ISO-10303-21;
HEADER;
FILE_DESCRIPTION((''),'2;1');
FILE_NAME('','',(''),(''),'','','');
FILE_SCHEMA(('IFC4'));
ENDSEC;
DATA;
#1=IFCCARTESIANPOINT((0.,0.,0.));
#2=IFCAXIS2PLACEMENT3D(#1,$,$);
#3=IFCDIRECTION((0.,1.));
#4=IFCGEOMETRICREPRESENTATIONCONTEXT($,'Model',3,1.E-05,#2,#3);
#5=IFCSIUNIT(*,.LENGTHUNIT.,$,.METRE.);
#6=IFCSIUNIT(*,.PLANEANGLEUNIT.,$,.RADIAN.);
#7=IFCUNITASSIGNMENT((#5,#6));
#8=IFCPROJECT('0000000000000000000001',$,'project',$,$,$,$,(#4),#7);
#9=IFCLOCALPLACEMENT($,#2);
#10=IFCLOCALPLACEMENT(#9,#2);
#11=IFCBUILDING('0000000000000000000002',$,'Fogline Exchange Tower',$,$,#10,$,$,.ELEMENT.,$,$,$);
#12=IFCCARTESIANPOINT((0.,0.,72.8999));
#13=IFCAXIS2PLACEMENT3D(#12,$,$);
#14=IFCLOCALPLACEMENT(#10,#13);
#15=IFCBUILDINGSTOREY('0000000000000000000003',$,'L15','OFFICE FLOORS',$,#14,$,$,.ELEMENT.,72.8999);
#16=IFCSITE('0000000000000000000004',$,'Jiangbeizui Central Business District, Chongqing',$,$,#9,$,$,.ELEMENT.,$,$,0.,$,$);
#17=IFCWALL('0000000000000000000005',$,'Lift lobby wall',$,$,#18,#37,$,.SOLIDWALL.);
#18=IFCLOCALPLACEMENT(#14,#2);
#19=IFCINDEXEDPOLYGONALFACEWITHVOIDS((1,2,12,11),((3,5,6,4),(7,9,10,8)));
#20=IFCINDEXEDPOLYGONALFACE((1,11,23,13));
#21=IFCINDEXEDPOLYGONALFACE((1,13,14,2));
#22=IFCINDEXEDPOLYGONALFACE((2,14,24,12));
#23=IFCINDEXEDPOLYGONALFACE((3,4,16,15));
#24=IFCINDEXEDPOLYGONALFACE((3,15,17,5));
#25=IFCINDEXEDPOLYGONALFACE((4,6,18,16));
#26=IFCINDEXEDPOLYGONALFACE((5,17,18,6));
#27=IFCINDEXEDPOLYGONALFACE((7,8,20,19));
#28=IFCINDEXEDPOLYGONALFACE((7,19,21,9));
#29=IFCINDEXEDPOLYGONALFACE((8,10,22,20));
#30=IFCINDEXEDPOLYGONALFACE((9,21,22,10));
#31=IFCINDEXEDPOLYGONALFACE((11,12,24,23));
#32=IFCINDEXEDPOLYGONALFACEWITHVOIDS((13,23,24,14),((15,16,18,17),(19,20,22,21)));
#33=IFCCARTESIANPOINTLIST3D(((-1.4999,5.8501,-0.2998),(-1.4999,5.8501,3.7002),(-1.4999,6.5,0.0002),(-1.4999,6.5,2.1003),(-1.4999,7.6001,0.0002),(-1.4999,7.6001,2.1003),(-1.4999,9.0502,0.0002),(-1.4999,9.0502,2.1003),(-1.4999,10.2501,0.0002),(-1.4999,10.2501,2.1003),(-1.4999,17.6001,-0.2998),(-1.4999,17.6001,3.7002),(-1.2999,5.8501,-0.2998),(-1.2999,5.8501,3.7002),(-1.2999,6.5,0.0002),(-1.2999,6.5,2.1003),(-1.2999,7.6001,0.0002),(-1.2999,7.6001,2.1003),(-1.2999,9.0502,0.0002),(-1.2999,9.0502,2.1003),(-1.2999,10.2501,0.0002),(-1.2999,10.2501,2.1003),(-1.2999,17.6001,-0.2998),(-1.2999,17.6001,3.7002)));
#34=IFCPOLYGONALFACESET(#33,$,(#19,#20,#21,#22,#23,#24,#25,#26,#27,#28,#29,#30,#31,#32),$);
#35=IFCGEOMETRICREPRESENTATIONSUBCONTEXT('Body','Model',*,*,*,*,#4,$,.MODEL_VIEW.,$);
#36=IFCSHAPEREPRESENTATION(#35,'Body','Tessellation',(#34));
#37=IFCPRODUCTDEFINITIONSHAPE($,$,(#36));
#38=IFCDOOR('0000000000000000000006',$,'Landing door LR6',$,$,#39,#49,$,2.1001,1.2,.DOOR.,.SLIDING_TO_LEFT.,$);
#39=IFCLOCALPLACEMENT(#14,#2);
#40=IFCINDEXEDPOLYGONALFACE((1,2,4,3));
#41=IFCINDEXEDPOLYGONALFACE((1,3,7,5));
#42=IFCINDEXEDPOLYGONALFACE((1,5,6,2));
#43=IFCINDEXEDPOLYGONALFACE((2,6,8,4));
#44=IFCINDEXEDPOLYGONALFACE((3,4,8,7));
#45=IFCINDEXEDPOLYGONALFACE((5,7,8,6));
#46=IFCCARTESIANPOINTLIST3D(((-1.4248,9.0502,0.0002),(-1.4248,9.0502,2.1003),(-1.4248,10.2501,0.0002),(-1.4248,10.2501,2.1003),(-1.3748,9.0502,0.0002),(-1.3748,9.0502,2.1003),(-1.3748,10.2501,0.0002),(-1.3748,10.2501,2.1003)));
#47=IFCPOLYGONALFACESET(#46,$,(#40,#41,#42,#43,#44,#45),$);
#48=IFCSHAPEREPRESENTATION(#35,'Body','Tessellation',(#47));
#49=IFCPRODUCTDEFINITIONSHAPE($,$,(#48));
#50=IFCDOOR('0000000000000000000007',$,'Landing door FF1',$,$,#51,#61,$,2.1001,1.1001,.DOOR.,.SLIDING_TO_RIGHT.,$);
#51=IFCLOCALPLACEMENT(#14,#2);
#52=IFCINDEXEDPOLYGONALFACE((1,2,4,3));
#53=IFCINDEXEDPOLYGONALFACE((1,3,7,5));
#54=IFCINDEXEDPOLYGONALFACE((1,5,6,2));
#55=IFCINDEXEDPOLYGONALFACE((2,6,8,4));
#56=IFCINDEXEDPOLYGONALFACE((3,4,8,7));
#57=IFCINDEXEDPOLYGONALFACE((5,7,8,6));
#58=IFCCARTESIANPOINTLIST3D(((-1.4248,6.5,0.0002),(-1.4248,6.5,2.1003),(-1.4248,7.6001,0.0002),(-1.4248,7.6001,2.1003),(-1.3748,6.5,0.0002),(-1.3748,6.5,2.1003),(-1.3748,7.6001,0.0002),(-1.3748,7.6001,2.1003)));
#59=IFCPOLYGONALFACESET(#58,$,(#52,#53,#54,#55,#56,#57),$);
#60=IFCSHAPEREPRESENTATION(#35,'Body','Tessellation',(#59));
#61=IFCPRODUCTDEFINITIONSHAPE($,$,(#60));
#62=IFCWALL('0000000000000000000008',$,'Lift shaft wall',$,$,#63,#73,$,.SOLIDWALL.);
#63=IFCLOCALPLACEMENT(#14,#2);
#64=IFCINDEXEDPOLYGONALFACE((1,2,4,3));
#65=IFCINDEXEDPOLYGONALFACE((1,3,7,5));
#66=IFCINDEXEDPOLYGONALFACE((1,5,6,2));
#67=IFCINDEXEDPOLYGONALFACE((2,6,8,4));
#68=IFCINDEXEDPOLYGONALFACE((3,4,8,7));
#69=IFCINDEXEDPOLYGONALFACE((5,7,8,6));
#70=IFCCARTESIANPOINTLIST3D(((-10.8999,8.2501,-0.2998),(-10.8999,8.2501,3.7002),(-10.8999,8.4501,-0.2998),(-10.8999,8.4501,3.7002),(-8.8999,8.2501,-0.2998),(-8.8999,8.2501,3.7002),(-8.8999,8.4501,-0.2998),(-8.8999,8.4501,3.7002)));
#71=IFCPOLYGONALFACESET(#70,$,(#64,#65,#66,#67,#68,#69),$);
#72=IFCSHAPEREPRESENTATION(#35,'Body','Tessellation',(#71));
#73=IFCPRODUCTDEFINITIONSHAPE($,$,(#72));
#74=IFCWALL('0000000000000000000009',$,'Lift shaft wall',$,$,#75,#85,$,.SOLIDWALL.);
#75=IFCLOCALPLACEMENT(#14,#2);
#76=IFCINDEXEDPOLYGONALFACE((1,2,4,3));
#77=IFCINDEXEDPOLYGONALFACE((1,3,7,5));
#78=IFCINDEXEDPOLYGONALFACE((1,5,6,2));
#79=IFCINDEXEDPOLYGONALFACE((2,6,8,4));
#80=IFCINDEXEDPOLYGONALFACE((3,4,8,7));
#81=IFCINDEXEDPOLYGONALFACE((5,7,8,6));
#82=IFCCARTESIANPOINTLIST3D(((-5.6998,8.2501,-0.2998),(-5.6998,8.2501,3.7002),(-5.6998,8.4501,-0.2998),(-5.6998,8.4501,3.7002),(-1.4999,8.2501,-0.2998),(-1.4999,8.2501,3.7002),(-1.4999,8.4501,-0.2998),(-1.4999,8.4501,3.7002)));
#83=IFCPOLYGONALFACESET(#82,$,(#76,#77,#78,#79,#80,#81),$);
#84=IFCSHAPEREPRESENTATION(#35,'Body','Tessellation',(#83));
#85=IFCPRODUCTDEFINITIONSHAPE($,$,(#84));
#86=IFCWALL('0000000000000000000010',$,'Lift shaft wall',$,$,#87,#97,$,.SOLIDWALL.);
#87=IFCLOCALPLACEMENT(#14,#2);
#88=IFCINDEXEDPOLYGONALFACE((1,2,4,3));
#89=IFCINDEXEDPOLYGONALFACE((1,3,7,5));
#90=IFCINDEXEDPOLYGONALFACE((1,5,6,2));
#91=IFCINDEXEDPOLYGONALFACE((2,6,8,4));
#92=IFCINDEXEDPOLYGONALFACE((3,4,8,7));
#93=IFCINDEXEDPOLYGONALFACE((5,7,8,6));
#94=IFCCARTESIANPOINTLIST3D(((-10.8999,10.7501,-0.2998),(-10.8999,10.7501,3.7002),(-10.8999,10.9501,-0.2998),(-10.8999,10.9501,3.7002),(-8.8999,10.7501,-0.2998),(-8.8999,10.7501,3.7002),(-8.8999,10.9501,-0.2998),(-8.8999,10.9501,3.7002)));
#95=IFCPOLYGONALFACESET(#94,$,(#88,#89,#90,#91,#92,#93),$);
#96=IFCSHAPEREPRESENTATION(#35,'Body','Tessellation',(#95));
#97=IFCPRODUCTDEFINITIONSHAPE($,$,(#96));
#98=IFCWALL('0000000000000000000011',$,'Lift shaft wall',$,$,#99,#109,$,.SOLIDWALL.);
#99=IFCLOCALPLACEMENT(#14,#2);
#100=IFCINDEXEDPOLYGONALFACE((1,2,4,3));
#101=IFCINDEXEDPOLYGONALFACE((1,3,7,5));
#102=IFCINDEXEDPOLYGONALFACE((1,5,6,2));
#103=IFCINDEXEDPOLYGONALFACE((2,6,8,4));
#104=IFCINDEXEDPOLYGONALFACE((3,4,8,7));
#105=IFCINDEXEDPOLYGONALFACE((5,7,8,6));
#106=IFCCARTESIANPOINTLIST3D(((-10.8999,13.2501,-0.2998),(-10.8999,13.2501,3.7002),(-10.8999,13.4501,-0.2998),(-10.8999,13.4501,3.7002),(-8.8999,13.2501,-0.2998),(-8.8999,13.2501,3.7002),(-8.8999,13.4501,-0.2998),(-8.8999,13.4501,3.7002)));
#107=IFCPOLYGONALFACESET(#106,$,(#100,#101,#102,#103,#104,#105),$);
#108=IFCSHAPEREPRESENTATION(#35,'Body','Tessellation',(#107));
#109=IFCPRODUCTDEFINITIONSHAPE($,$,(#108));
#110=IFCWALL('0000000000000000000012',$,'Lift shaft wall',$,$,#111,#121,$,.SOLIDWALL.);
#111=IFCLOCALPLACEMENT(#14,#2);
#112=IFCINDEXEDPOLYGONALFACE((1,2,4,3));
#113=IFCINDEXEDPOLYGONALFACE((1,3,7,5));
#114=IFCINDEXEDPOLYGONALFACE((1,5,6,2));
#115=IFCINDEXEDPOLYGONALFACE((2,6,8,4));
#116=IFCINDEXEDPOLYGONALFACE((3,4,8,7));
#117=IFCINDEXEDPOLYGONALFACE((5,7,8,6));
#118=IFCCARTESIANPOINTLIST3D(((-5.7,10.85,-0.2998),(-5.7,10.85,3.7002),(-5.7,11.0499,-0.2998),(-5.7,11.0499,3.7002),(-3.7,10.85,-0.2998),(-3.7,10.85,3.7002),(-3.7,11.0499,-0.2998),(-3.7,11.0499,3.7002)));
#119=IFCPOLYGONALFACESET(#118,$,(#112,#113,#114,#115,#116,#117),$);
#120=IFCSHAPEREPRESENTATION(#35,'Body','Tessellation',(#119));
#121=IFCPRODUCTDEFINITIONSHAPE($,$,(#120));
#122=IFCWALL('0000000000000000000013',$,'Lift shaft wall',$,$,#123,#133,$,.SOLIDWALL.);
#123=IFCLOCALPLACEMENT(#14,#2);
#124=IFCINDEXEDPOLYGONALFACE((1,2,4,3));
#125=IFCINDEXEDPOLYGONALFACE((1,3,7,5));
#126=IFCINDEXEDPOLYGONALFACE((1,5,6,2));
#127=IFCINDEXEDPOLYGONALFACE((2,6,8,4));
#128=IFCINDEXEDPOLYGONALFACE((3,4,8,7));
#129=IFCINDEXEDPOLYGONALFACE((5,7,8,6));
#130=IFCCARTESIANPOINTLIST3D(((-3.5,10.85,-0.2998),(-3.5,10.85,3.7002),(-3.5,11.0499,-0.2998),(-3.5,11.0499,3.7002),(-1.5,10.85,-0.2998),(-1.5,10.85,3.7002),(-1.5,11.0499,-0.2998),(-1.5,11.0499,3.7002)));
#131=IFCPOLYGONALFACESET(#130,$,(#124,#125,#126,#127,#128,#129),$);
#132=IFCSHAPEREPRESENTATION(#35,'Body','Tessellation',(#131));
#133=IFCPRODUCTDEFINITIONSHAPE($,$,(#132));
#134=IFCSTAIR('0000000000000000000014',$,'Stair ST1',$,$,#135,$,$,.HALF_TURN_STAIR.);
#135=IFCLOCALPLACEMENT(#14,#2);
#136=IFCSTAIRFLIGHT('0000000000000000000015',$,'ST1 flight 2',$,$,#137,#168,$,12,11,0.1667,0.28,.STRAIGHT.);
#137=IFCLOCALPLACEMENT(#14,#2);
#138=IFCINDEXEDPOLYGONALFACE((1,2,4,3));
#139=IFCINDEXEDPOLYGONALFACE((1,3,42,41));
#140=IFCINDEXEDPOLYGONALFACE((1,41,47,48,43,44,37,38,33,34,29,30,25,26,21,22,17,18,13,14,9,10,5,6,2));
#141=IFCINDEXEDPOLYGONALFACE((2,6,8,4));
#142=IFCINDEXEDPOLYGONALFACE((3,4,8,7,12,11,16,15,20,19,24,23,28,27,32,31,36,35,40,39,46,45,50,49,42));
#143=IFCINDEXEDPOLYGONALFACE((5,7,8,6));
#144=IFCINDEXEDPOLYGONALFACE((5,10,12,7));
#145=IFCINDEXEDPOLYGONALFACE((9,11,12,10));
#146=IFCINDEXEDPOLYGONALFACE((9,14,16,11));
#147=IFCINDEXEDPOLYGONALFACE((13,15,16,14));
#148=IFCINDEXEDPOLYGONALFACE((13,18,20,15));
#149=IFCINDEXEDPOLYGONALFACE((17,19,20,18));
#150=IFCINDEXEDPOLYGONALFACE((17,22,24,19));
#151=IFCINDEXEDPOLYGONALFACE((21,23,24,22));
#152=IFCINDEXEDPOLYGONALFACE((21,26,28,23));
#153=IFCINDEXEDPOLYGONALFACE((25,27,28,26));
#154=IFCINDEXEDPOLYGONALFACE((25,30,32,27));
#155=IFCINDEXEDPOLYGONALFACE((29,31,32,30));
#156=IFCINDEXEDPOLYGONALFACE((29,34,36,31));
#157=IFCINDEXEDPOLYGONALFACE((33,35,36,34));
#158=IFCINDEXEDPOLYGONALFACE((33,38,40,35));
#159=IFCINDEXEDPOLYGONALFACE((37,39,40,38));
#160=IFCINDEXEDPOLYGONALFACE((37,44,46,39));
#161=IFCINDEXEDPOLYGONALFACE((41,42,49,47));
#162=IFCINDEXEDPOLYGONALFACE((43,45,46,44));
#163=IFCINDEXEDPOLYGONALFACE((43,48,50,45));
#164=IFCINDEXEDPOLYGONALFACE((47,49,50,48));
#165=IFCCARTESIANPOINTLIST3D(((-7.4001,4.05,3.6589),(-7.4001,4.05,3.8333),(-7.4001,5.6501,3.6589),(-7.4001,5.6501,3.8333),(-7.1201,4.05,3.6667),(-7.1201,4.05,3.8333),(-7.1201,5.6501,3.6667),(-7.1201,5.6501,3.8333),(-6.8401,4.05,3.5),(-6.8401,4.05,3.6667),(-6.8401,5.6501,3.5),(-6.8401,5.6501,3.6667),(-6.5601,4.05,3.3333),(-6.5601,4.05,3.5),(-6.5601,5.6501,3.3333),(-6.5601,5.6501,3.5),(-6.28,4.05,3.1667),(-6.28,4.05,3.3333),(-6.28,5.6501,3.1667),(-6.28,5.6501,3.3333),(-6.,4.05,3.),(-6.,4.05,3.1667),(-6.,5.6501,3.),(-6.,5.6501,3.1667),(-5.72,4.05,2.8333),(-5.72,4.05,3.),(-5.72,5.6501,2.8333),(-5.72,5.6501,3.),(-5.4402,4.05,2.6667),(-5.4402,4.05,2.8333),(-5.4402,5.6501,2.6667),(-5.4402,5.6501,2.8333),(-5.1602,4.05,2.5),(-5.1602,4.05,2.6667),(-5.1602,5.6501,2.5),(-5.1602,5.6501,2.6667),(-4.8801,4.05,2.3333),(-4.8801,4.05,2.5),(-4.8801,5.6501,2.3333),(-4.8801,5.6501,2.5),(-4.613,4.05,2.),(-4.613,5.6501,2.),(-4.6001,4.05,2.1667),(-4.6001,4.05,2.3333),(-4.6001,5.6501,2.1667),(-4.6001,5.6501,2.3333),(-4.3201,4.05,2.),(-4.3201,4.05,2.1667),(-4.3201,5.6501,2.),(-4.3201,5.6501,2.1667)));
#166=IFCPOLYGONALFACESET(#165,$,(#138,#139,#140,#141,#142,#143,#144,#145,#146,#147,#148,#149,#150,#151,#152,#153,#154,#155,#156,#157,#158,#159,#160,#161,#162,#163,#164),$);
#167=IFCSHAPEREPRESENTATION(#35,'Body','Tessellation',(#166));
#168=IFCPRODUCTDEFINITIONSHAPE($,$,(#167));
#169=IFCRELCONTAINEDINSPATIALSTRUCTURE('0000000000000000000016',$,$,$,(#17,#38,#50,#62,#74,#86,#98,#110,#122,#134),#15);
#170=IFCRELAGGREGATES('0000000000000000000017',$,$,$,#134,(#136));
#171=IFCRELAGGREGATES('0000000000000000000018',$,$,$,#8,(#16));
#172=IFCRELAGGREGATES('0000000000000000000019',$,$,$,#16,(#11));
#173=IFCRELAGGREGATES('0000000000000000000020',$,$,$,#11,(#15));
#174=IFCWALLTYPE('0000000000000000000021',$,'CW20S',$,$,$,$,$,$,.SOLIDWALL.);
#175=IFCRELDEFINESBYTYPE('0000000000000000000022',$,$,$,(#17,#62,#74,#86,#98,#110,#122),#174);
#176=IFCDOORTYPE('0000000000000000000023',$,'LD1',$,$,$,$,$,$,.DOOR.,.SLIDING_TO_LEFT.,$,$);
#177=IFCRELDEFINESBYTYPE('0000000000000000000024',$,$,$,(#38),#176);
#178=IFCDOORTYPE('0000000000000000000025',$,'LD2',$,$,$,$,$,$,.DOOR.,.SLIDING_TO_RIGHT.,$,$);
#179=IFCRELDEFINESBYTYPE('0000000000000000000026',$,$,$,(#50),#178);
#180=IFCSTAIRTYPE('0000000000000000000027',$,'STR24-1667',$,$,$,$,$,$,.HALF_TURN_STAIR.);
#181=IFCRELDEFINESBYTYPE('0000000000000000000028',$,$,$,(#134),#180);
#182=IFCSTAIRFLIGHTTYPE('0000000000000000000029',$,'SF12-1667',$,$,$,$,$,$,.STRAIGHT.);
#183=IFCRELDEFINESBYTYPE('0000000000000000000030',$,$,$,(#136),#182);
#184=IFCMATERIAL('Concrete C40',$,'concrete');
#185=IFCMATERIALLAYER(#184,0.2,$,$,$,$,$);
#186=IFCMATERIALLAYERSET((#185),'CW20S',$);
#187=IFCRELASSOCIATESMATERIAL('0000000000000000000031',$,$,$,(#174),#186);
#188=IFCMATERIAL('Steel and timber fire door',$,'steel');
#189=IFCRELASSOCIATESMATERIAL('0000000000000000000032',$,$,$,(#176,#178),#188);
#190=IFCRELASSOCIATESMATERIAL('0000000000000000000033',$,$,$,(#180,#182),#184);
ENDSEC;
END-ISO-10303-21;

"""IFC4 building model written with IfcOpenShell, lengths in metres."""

from ifc_helpers import new_model, si_unit, direction, frame, frame_2d, origin, place, context, subcontext, project, spatial, polyline, rectangle, outline, extrude, material, layer, layer_set, type_object, element, fill, aggregate, save


model = new_model("IFC4")

# Units and contexts
model_context = context("Model", 3, precision=1e-05, world=origin(), true_north=direction((0.0, 1.0)))
body_context = subcontext(model_context, "Body", "Model", "MODEL_VIEW")
ifc_project = project(units=[si_unit("LENGTHUNIT", "METRE"), si_unit("PLANEANGLEUNIT", "RADIAN")], contexts=[model_context])

# Site, building, storey
site_placement = place(None, origin())
site = spatial("IfcSite", under=ifc_project, at=site_placement, Name="Jiangbeizui Central Business District, Chongqing", CompositionType="ELEMENT", RefElevation=0.0)
building_placement = place(site_placement, origin())
building = spatial("IfcBuilding", under=site, at=building_placement, Name="Fogline Exchange Tower", CompositionType="ELEMENT")
storey_placement = place(building_placement, frame((0.0, 0.0, 72.8999)))
storey = spatial("IfcBuildingStorey", under=building, at=storey_placement, Name="L15", Description="OFFICE FLOORS", CompositionType="ELEMENT", Elevation=72.8999)

# Shared definitions
ifc_material_1 = material(Name="Steel and timber fire door", Category="steel")

# Shared definitions
ifc_material_2 = material(Name="Concrete C40", Category="concrete")

# Shared definitions
ifc_layer_1 = layer(ifc_material_2, 0.2)
ifc_layer_set_1 = layer_set([ifc_layer_1], Name="CW20S")
wall_type_1 = type_object("IfcWallType", Name="CW20S", PredefinedType="SOLIDWALL", material=ifc_layer_set_1)
door_type_1 = type_object("IfcDoorType", Name="LD1", OperationType="SLIDING_TO_LEFT", PredefinedType="DOOR", material=ifc_material_1)

# Wall, openings, doors
wall_1_placement = place(storey_placement, frame((-1.3999, 5.8501, -0.2998), z_axis=(0.0, 0.0, 1.0), x_axis=(0.0, 1.0, 0.0)))
wall_1 = element("IfcWall", 1, at=wall_1_placement, inside=storey, type_object=wall_type_1, Name="Lift lobby wall", PredefinedType="SOLIDWALL", context=body_context, shape_type="SweptSolid", body=[
    extrude(rectangle(XDim=11.75, YDim=0.2, at=frame_2d((5.875, 0.0))), origin(), (0.0, 0.0, 1.0), 4.0),
])
opening_1_placement = place(wall_1_placement, frame((3.2, 0.0, 0.3)))
opening_1 = element("IfcOpeningElement", 2, at=opening_1_placement, cuts=wall_1, PredefinedType="OPENING", context=body_context, shape_type="SweptSolid", body=[
    extrude(rectangle(XDim=1.2, YDim=2.1001, at=frame_2d((0.6001, 1.05))), frame((0.0, 0.1099, 0.0), z_axis=(0.0, -1.0, 0.0), x_axis=(1.0, 0.0, 0.0)), (0.0, 0.0, 1.0), 0.22),
])
opening_2_placement = place(wall_1_placement, frame((0.6499, 0.0, 0.3)))
opening_2 = element("IfcOpeningElement", 3, at=opening_2_placement, cuts=wall_1, PredefinedType="OPENING", context=body_context, shape_type="SweptSolid", body=[
    extrude(rectangle(XDim=1.1001, YDim=2.1001, at=frame_2d((0.55, 1.05))), frame((0.0, 0.1099, 0.0), z_axis=(0.0, -1.0, 0.0), x_axis=(1.0, 0.0, 0.0)), (0.0, 0.0, 1.0), 0.22),
])
door_1_placement = place(opening_1_placement, origin())
door_1 = element("IfcDoor", 4, at=door_1_placement, inside=storey, type_object=door_type_1, Name="Landing door LR6", OperationType="SLIDING_TO_LEFT", OverallHeight=2.1001, OverallWidth=1.2, PredefinedType="DOOR", context=body_context, shape_type="SweptSolid", body=[
    extrude(rectangle(XDim=1.2, YDim=2.1001, at=frame_2d((0.6001, 1.05))), frame((0.0, 0.0249, 0.0), z_axis=(0.0, -1.0, 0.0), x_axis=(1.0, 0.0, 0.0)), (0.0, 0.0, 1.0), 0.05),
])
fill(opening_1, door_1)
door_type_2 = type_object("IfcDoorType", Name="LD2", OperationType="SLIDING_TO_RIGHT", PredefinedType="DOOR", material=ifc_material_1)
door_2_placement = place(opening_2_placement, origin())
door_2 = element("IfcDoor", 5, at=door_2_placement, inside=storey, type_object=door_type_2, Name="Landing door FF1", OperationType="SLIDING_TO_RIGHT", OverallHeight=2.1001, OverallWidth=1.1001, PredefinedType="DOOR", context=body_context, shape_type="SweptSolid", body=[
    extrude(rectangle(XDim=1.1001, YDim=2.1001, at=frame_2d((0.55, 1.05))), frame((0.0, 0.0249, 0.0), z_axis=(0.0, -1.0, 0.0), x_axis=(1.0, 0.0, 0.0)), (0.0, 0.0, 1.0), 0.05),
])
fill(opening_2, door_2)

# Walls
wall_2_placement = place(storey_placement, frame((-10.8999, 8.3501, -0.2998), z_axis=(0.0, 0.0, 1.0), x_axis=(1.0, 0.0, 0.0)))
element("IfcWall", 6, at=wall_2_placement, inside=storey, type_object=wall_type_1, Name="Lift shaft wall", PredefinedType="SOLIDWALL", context=body_context, shape_type="SweptSolid", body=[
    extrude(rectangle(XDim=2.0, YDim=0.2, at=frame_2d((1.0, 0.0))), origin(), (0.0, 0.0, 1.0), 4.0),
])
wall_3_placement = place(storey_placement, frame((-5.7, 8.3501, -0.2998), z_axis=(0.0, 0.0, 1.0), x_axis=(1.0, 0.0, 0.0)))
element("IfcWall", 7, at=wall_3_placement, inside=storey, type_object=wall_type_1, Name="Lift shaft wall", PredefinedType="SOLIDWALL", context=body_context, shape_type="SweptSolid", body=[
    extrude(rectangle(XDim=4.2, YDim=0.2, at=frame_2d((2.1001, 0.0))), origin(), (0.0, 0.0, 1.0), 4.0),
])
for number, where, z_axis, x_axis, name in (
    (8, (-10.8999, 10.8501, -0.2998), (0.0, 0.0, 1.0), (1.0, 0.0, 0.0), "Lift shaft wall"),
    (9, (-10.8999, 13.3501, -0.2998), (0.0, 0.0, 1.0), (1.0, 0.0, 0.0), "Lift shaft wall"),
    (10, (-5.7, 10.95, -0.2998), (0.0, 0.0, 1.0), (1.0, 0.0, 0.0), "Lift shaft wall"),
    (11, (-3.5, 10.95, -0.2998), (0.0, 0.0, 1.0), (1.0, 0.0, 0.0), "Lift shaft wall"),
):
    element("IfcWall", number, at=place(storey_placement, frame(where, z_axis=z_axis, x_axis=x_axis)), inside=storey, type_object=wall_type_1, Name=name, PredefinedType="SOLIDWALL", context=body_context, shape_type="SweptSolid", body=[
        extrude(rectangle(XDim=2.0, YDim=0.2, at=frame_2d((1.0, 0.0))), origin(), (0.0, 0.0, 1.0), 4.0),
    ])

# Stair, stair flight
stair_type = type_object("IfcStairType", Name="STR24-1667", PredefinedType="HALF_TURN_STAIR", material=ifc_material_2)
stair_placement = place(storey_placement, origin())
stair = element("IfcStair", 12, at=stair_placement, inside=storey, type_object=stair_type, Name="Stair ST1", PredefinedType="HALF_TURN_STAIR")
stair_flight_type = type_object("IfcStairFlightType", Name="SF12-1667", PredefinedType="STRAIGHT", material=ifc_material_2)
stair_flight_placement = place(storey_placement, frame((-4.3201, 4.8501, 2.0), z_axis=(0.0, 0.0, 1.0), x_axis=(-1.0, 0.0, 0.0)))
stair_flight = element("IfcStairFlight", 13, at=stair_flight_placement, type_object=stair_flight_type, Name="ST1 flight 2", NumberOfRisers=12, NumberOfTreads=11, PredefinedType="STRAIGHT", RiserHeight=0.1667, TreadLength=0.28, context=body_context, shape_type="SweptSolid", body=[
    extrude(outline(polyline([(0.0, 0.0), (0.0, 0.1667), (0.28, 0.1667), (0.28, 0.3333), (0.5601, 0.3333), (0.5601, 0.5), (0.8401, 0.5), (0.8401, 0.6667), (1.1201, 0.6667), (1.1201, 0.8333), (1.3999, 0.8333), (1.3999, 1.0), (1.6799, 1.0), (1.6799, 1.1667), (1.96, 1.1667), (1.96, 1.3333), (2.24, 1.3333), (2.24, 1.5), (2.52, 1.5), (2.52, 1.6667), (2.8, 1.6667), (2.8, 1.8333), (3.0801, 1.8333), (3.0801, 2.0), (3.0801, 1.6589), (0.293, 0.0), (0.0, 0.0)])), frame((0.0, 0.8, 0.0), z_axis=(0.0, -1.0, 0.0), x_axis=(1.0, 0.0, 0.0)), (0.0, 0.0, 1.0), 1.6001),
])
aggregate(stair, [stair_flight])

save(model, "model.ifc")
